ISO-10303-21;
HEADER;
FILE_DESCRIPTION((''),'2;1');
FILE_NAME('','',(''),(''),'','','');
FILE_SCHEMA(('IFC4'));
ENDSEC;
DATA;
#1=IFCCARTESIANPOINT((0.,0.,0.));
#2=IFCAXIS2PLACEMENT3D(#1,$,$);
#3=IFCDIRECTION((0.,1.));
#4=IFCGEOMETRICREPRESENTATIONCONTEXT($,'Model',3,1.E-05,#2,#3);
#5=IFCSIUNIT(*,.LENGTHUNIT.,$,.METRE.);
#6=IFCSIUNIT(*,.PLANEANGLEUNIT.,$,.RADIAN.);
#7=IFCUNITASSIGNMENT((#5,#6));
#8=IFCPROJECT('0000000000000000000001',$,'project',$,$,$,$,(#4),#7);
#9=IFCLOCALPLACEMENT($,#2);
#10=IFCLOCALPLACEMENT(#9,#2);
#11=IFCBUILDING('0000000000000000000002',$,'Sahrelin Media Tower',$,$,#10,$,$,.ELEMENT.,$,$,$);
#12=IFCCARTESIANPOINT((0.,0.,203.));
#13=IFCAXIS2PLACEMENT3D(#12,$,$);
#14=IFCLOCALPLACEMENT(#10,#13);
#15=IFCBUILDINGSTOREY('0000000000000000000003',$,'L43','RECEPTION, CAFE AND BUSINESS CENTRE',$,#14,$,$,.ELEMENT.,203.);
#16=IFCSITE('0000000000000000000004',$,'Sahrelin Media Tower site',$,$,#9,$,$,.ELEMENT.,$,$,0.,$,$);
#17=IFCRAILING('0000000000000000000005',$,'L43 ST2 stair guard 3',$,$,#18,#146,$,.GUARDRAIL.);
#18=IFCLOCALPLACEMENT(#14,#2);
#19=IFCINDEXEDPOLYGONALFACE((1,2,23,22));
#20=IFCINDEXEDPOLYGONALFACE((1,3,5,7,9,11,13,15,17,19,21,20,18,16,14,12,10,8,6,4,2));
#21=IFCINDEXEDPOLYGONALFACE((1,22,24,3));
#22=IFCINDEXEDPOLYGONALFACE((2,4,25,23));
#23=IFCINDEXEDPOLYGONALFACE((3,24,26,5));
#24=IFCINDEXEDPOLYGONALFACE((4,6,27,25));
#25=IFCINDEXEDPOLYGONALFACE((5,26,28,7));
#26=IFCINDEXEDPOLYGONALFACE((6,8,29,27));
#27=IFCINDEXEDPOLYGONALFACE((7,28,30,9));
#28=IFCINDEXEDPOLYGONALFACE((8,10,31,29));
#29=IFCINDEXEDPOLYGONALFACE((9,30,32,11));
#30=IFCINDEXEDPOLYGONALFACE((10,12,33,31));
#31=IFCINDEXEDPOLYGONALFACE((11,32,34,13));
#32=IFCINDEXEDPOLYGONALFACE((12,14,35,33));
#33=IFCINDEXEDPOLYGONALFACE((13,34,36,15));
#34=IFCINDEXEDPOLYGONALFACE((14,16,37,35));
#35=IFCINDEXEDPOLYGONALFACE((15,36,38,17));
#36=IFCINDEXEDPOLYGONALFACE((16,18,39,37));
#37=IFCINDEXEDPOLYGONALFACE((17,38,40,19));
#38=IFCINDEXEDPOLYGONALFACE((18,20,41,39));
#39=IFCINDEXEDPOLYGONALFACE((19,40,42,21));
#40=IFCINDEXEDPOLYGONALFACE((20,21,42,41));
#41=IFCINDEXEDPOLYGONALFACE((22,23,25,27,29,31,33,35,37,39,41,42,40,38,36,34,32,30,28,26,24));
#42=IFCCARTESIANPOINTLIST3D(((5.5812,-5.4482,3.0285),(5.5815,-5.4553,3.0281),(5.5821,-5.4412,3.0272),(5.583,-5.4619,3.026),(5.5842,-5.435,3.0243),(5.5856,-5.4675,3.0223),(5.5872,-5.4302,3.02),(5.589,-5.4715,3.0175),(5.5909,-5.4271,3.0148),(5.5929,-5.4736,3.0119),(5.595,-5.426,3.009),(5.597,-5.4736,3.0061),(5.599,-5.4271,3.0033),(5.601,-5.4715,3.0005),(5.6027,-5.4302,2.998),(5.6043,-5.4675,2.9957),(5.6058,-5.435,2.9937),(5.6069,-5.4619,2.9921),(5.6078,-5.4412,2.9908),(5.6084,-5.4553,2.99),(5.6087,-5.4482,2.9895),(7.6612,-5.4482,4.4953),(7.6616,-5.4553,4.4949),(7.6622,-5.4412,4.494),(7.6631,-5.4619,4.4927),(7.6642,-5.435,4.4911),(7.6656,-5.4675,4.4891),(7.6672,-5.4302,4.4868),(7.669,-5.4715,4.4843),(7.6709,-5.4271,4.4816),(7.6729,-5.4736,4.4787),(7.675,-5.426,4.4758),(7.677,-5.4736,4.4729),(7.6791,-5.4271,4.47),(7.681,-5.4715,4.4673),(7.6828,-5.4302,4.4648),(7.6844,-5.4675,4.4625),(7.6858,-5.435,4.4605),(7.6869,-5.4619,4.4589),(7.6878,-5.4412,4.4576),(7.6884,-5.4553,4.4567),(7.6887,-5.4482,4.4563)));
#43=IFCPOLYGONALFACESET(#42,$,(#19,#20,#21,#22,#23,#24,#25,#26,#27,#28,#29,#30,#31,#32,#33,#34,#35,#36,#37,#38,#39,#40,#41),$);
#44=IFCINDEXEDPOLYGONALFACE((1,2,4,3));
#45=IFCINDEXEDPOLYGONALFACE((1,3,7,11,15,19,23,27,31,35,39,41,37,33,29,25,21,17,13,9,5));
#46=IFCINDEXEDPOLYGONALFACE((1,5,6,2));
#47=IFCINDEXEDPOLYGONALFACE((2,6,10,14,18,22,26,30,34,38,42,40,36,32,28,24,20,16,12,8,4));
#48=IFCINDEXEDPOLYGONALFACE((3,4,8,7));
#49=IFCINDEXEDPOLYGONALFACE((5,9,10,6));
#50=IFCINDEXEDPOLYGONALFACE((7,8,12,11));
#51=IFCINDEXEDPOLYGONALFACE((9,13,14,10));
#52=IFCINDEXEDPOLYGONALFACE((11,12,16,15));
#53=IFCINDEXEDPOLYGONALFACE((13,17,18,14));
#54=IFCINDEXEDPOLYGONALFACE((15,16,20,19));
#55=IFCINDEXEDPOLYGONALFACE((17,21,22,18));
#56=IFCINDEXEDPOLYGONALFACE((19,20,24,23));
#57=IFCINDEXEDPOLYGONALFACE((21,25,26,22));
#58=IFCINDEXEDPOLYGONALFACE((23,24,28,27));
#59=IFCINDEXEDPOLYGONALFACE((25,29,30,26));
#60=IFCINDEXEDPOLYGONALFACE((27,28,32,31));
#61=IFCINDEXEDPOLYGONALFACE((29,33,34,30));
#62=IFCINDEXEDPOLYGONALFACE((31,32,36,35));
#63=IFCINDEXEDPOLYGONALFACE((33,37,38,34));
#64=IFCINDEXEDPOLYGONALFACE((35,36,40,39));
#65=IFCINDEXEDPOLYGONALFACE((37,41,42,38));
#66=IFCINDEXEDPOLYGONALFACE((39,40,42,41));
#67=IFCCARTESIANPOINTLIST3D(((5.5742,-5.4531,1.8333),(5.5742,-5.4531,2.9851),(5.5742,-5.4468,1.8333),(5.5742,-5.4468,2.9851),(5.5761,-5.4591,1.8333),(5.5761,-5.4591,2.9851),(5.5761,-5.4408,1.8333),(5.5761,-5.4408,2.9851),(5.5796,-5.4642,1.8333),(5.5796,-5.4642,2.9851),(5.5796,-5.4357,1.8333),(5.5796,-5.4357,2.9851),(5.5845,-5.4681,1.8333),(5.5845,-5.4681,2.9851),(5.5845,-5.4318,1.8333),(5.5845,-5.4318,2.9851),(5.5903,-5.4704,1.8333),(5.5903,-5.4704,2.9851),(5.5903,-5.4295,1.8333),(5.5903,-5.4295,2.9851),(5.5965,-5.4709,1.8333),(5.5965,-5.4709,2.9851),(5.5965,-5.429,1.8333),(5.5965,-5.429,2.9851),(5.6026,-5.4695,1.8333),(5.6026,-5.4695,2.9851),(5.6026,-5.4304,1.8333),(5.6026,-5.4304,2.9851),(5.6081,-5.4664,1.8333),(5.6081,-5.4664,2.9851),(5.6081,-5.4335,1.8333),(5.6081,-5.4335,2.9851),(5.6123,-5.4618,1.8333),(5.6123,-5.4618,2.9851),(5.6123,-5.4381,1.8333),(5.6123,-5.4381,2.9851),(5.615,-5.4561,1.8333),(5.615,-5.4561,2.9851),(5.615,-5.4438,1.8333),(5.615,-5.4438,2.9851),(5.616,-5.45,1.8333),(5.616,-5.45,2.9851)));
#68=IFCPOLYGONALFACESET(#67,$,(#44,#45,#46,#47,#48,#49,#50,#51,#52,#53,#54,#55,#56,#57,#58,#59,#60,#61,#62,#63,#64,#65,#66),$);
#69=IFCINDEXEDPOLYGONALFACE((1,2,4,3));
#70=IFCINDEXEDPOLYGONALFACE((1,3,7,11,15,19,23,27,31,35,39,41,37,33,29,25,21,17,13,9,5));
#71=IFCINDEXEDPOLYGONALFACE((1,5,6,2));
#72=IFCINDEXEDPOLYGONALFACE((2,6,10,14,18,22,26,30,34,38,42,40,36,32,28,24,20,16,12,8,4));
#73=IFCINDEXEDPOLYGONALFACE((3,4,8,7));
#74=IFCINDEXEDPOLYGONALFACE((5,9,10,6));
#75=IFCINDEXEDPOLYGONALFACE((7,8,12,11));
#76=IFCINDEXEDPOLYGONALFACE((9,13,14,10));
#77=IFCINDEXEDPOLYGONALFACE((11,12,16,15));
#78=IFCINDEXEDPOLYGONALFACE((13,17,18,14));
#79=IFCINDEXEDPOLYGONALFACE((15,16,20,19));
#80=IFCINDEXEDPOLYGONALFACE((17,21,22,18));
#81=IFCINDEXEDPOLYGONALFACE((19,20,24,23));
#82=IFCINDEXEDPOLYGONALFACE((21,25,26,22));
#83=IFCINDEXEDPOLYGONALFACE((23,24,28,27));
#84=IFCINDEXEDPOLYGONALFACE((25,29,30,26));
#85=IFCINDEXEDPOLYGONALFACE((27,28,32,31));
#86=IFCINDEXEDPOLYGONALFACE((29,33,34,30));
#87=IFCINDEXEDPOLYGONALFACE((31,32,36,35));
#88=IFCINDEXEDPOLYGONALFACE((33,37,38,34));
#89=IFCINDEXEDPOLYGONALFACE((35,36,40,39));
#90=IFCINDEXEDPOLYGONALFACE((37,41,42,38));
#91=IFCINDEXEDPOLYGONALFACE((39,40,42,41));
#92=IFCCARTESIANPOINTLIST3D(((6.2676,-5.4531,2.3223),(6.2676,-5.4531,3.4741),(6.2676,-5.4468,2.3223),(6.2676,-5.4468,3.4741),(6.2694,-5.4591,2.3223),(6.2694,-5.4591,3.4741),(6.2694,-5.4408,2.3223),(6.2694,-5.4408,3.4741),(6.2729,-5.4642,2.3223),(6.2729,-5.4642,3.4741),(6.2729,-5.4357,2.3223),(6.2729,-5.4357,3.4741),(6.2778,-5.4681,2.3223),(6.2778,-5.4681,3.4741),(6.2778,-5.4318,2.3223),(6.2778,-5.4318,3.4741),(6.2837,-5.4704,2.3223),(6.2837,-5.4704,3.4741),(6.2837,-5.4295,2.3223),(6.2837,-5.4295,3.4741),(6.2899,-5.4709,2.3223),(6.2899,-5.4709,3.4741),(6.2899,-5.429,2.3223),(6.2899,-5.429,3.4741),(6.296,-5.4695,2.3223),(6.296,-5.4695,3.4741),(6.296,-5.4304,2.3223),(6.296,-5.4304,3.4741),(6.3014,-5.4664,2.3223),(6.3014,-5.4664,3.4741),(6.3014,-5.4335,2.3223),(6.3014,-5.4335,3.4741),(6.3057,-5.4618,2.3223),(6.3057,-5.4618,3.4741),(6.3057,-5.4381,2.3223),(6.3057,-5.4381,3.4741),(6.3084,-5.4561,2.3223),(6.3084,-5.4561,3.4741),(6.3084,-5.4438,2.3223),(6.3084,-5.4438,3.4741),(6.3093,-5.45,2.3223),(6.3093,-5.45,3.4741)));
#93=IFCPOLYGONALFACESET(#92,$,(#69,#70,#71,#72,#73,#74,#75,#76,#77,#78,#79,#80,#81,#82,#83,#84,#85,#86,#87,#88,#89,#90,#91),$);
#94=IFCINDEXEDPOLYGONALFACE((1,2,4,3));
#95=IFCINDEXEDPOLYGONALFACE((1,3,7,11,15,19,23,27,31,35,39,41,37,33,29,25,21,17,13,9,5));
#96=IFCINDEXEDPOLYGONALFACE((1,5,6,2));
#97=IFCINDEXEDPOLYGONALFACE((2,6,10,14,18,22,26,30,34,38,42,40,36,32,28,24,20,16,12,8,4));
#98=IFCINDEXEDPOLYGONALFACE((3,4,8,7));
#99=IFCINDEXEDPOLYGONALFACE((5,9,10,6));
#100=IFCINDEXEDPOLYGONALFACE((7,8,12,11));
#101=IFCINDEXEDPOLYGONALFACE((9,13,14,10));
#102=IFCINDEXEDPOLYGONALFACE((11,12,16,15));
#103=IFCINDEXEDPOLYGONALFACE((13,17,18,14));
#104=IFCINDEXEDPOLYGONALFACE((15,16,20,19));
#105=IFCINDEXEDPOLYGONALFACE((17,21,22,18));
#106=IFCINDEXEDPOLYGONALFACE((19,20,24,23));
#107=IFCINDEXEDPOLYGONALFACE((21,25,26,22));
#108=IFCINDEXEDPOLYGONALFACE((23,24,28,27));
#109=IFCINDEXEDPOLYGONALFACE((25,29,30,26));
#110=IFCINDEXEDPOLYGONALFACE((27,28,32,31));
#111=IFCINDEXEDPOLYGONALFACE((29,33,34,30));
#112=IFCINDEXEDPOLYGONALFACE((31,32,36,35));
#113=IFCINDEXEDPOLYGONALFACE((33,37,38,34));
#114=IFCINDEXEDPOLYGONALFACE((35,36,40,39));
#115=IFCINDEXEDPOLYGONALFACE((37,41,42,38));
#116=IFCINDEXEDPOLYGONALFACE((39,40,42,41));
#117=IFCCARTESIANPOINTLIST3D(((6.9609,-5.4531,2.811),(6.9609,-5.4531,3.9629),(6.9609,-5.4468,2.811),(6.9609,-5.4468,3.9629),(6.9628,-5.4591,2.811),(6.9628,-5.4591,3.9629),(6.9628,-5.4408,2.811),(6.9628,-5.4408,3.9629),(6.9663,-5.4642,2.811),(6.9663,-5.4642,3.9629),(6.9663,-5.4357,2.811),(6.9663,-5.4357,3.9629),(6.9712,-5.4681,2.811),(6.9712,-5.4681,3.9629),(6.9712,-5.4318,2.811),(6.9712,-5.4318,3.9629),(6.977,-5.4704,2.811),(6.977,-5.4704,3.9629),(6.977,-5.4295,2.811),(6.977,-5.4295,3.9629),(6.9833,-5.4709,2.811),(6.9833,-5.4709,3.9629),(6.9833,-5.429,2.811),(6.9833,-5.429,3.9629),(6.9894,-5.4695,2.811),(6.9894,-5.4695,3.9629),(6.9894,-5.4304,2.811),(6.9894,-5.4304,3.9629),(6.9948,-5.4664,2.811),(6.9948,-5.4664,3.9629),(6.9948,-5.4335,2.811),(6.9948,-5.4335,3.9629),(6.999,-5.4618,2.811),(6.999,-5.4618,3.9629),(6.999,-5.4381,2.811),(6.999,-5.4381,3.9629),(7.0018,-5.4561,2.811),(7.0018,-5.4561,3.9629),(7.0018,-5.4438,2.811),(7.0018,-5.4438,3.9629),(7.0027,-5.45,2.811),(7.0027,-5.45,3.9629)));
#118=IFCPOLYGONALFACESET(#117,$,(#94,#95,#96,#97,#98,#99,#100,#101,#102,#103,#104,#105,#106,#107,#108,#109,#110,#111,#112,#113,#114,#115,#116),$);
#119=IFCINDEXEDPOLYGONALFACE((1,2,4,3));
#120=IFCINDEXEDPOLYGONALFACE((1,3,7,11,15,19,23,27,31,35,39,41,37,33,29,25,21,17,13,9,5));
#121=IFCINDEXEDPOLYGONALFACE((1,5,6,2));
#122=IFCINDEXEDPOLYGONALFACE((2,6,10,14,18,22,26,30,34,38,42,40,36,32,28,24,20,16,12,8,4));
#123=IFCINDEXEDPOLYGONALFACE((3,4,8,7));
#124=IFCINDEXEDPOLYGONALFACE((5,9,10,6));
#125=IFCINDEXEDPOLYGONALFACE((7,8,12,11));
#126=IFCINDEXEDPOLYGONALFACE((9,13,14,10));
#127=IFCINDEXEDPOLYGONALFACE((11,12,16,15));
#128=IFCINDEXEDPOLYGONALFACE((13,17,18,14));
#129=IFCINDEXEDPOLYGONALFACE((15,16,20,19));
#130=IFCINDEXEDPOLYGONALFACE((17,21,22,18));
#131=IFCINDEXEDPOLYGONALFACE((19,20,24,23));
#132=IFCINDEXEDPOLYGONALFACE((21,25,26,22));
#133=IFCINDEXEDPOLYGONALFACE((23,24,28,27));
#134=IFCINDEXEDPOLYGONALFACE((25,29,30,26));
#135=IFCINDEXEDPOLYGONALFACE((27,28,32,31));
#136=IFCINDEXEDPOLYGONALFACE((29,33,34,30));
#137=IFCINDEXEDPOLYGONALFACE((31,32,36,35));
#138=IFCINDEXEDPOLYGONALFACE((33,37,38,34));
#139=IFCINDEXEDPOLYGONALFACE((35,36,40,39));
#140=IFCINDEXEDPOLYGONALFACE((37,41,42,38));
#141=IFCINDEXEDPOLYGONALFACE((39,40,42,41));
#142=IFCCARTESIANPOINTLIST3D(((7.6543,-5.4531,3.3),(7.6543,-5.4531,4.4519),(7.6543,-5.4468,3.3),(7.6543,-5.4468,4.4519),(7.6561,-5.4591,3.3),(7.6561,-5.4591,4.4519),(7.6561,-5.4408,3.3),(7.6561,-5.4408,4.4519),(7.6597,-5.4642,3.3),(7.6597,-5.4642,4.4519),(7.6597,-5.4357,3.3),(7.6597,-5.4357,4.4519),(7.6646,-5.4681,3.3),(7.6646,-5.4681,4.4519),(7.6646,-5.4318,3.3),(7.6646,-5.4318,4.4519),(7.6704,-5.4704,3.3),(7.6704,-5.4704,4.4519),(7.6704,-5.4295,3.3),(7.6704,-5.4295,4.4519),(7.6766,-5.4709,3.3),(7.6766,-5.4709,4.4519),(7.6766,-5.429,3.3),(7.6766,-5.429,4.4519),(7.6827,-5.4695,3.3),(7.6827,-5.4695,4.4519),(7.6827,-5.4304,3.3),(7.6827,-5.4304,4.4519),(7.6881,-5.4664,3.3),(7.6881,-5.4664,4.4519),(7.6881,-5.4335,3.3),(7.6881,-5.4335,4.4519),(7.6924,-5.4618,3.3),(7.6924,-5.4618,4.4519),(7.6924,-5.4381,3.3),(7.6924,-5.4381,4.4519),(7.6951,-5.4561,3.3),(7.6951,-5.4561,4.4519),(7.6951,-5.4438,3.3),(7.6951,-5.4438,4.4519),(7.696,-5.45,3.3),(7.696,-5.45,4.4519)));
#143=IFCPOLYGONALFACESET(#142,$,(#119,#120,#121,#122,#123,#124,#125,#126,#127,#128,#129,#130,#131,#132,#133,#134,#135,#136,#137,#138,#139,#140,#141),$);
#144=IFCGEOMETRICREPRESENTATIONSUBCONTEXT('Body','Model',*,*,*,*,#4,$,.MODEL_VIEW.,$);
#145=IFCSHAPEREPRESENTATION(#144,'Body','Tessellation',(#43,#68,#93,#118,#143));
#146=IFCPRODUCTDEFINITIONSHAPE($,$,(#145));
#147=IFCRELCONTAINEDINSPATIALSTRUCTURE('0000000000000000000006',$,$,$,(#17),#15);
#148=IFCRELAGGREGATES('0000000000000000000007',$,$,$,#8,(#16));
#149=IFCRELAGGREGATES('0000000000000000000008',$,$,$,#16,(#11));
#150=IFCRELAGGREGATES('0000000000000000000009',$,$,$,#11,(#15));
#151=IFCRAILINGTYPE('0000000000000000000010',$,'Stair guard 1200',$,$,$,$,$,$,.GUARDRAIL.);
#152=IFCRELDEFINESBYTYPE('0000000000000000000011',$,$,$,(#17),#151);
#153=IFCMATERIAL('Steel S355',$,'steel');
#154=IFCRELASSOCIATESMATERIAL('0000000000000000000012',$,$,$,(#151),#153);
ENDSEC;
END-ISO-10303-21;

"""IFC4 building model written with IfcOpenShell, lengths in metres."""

from ifc_helpers import new_model, si_unit, direction, frame, origin, origin_2d, place, context, subcontext, project, spatial, circle, extrude, material, type_object, element, save


model = new_model("IFC4")

# Units and contexts
model_context = context("Model", 3, precision=1e-05, world=origin(), true_north=direction((0.0, 1.0)))
body_context = subcontext(model_context, "Body", "Model", "MODEL_VIEW")
ifc_project = project(units=[si_unit("LENGTHUNIT", "METRE"), si_unit("PLANEANGLEUNIT", "RADIAN")], contexts=[model_context])

# Site, building, storey
site_placement = place(None, origin())
site = spatial("IfcSite", under=ifc_project, at=site_placement, Name="Sahrelin Media Tower site", CompositionType="ELEMENT", RefElevation=0.0)
building_placement = place(site_placement, origin())
building = spatial("IfcBuilding", under=site, at=building_placement, Name="Sahrelin Media Tower", CompositionType="ELEMENT")
storey_placement = place(building_placement, frame((0.0, 0.0, 203.0)))
storey = spatial("IfcBuildingStorey", under=building, at=storey_placement, Name="L43", Description="RECEPTION, CAFE AND BUSINESS CENTRE", CompositionType="ELEMENT", Elevation=203.0)

# Shared definitions
ifc_material_1 = material(Name="Steel S355", Category="steel")

# Railing
railing_type_1 = type_object("IfcRailingType", Name="Stair guard 1200", PredefinedType="GUARDRAIL", material=ifc_material_1)
for number, where, name in (
    (1, (5.595, -5.45, 1.8333), "L43 ST2 stair guard 3"),
):
    element("IfcRailing", number, at=place(storey_placement, frame(where)), inside=storey, type_object=railing_type_1, Name=name, PredefinedType="GUARDRAIL", context=body_context, shape_type="SweptSolid", body=[
        extrude(circle(Radius=0.0239, at=origin_2d()), frame((0.0, 0.0, 1.1758), z_axis=(0.817244, 0.0, 0.576291), x_axis=(0.0, 1.0, 0.0)), (0.0, 0.0, 1.0), 2.5452),
        extrude(circle(Radius=0.021, at=origin_2d()), origin(), (0.0, 0.0, 1.0), 1.1519),
        extrude(circle(Radius=0.021, at=origin_2d()), frame((0.6934, 0.0, 0.489)), (0.0, 0.0, 1.0), 1.1519),
        extrude(circle(Radius=0.021, at=origin_2d()), frame((1.3867, 0.0, 0.9778)), (0.0, 0.0, 1.0), 1.1519),
        extrude(circle(Radius=0.021, at=origin_2d()), frame((2.0801, 0.0, 1.4668)), (0.0, 0.0, 1.0), 1.1519),
    ])

save(model, "model.ifc")
